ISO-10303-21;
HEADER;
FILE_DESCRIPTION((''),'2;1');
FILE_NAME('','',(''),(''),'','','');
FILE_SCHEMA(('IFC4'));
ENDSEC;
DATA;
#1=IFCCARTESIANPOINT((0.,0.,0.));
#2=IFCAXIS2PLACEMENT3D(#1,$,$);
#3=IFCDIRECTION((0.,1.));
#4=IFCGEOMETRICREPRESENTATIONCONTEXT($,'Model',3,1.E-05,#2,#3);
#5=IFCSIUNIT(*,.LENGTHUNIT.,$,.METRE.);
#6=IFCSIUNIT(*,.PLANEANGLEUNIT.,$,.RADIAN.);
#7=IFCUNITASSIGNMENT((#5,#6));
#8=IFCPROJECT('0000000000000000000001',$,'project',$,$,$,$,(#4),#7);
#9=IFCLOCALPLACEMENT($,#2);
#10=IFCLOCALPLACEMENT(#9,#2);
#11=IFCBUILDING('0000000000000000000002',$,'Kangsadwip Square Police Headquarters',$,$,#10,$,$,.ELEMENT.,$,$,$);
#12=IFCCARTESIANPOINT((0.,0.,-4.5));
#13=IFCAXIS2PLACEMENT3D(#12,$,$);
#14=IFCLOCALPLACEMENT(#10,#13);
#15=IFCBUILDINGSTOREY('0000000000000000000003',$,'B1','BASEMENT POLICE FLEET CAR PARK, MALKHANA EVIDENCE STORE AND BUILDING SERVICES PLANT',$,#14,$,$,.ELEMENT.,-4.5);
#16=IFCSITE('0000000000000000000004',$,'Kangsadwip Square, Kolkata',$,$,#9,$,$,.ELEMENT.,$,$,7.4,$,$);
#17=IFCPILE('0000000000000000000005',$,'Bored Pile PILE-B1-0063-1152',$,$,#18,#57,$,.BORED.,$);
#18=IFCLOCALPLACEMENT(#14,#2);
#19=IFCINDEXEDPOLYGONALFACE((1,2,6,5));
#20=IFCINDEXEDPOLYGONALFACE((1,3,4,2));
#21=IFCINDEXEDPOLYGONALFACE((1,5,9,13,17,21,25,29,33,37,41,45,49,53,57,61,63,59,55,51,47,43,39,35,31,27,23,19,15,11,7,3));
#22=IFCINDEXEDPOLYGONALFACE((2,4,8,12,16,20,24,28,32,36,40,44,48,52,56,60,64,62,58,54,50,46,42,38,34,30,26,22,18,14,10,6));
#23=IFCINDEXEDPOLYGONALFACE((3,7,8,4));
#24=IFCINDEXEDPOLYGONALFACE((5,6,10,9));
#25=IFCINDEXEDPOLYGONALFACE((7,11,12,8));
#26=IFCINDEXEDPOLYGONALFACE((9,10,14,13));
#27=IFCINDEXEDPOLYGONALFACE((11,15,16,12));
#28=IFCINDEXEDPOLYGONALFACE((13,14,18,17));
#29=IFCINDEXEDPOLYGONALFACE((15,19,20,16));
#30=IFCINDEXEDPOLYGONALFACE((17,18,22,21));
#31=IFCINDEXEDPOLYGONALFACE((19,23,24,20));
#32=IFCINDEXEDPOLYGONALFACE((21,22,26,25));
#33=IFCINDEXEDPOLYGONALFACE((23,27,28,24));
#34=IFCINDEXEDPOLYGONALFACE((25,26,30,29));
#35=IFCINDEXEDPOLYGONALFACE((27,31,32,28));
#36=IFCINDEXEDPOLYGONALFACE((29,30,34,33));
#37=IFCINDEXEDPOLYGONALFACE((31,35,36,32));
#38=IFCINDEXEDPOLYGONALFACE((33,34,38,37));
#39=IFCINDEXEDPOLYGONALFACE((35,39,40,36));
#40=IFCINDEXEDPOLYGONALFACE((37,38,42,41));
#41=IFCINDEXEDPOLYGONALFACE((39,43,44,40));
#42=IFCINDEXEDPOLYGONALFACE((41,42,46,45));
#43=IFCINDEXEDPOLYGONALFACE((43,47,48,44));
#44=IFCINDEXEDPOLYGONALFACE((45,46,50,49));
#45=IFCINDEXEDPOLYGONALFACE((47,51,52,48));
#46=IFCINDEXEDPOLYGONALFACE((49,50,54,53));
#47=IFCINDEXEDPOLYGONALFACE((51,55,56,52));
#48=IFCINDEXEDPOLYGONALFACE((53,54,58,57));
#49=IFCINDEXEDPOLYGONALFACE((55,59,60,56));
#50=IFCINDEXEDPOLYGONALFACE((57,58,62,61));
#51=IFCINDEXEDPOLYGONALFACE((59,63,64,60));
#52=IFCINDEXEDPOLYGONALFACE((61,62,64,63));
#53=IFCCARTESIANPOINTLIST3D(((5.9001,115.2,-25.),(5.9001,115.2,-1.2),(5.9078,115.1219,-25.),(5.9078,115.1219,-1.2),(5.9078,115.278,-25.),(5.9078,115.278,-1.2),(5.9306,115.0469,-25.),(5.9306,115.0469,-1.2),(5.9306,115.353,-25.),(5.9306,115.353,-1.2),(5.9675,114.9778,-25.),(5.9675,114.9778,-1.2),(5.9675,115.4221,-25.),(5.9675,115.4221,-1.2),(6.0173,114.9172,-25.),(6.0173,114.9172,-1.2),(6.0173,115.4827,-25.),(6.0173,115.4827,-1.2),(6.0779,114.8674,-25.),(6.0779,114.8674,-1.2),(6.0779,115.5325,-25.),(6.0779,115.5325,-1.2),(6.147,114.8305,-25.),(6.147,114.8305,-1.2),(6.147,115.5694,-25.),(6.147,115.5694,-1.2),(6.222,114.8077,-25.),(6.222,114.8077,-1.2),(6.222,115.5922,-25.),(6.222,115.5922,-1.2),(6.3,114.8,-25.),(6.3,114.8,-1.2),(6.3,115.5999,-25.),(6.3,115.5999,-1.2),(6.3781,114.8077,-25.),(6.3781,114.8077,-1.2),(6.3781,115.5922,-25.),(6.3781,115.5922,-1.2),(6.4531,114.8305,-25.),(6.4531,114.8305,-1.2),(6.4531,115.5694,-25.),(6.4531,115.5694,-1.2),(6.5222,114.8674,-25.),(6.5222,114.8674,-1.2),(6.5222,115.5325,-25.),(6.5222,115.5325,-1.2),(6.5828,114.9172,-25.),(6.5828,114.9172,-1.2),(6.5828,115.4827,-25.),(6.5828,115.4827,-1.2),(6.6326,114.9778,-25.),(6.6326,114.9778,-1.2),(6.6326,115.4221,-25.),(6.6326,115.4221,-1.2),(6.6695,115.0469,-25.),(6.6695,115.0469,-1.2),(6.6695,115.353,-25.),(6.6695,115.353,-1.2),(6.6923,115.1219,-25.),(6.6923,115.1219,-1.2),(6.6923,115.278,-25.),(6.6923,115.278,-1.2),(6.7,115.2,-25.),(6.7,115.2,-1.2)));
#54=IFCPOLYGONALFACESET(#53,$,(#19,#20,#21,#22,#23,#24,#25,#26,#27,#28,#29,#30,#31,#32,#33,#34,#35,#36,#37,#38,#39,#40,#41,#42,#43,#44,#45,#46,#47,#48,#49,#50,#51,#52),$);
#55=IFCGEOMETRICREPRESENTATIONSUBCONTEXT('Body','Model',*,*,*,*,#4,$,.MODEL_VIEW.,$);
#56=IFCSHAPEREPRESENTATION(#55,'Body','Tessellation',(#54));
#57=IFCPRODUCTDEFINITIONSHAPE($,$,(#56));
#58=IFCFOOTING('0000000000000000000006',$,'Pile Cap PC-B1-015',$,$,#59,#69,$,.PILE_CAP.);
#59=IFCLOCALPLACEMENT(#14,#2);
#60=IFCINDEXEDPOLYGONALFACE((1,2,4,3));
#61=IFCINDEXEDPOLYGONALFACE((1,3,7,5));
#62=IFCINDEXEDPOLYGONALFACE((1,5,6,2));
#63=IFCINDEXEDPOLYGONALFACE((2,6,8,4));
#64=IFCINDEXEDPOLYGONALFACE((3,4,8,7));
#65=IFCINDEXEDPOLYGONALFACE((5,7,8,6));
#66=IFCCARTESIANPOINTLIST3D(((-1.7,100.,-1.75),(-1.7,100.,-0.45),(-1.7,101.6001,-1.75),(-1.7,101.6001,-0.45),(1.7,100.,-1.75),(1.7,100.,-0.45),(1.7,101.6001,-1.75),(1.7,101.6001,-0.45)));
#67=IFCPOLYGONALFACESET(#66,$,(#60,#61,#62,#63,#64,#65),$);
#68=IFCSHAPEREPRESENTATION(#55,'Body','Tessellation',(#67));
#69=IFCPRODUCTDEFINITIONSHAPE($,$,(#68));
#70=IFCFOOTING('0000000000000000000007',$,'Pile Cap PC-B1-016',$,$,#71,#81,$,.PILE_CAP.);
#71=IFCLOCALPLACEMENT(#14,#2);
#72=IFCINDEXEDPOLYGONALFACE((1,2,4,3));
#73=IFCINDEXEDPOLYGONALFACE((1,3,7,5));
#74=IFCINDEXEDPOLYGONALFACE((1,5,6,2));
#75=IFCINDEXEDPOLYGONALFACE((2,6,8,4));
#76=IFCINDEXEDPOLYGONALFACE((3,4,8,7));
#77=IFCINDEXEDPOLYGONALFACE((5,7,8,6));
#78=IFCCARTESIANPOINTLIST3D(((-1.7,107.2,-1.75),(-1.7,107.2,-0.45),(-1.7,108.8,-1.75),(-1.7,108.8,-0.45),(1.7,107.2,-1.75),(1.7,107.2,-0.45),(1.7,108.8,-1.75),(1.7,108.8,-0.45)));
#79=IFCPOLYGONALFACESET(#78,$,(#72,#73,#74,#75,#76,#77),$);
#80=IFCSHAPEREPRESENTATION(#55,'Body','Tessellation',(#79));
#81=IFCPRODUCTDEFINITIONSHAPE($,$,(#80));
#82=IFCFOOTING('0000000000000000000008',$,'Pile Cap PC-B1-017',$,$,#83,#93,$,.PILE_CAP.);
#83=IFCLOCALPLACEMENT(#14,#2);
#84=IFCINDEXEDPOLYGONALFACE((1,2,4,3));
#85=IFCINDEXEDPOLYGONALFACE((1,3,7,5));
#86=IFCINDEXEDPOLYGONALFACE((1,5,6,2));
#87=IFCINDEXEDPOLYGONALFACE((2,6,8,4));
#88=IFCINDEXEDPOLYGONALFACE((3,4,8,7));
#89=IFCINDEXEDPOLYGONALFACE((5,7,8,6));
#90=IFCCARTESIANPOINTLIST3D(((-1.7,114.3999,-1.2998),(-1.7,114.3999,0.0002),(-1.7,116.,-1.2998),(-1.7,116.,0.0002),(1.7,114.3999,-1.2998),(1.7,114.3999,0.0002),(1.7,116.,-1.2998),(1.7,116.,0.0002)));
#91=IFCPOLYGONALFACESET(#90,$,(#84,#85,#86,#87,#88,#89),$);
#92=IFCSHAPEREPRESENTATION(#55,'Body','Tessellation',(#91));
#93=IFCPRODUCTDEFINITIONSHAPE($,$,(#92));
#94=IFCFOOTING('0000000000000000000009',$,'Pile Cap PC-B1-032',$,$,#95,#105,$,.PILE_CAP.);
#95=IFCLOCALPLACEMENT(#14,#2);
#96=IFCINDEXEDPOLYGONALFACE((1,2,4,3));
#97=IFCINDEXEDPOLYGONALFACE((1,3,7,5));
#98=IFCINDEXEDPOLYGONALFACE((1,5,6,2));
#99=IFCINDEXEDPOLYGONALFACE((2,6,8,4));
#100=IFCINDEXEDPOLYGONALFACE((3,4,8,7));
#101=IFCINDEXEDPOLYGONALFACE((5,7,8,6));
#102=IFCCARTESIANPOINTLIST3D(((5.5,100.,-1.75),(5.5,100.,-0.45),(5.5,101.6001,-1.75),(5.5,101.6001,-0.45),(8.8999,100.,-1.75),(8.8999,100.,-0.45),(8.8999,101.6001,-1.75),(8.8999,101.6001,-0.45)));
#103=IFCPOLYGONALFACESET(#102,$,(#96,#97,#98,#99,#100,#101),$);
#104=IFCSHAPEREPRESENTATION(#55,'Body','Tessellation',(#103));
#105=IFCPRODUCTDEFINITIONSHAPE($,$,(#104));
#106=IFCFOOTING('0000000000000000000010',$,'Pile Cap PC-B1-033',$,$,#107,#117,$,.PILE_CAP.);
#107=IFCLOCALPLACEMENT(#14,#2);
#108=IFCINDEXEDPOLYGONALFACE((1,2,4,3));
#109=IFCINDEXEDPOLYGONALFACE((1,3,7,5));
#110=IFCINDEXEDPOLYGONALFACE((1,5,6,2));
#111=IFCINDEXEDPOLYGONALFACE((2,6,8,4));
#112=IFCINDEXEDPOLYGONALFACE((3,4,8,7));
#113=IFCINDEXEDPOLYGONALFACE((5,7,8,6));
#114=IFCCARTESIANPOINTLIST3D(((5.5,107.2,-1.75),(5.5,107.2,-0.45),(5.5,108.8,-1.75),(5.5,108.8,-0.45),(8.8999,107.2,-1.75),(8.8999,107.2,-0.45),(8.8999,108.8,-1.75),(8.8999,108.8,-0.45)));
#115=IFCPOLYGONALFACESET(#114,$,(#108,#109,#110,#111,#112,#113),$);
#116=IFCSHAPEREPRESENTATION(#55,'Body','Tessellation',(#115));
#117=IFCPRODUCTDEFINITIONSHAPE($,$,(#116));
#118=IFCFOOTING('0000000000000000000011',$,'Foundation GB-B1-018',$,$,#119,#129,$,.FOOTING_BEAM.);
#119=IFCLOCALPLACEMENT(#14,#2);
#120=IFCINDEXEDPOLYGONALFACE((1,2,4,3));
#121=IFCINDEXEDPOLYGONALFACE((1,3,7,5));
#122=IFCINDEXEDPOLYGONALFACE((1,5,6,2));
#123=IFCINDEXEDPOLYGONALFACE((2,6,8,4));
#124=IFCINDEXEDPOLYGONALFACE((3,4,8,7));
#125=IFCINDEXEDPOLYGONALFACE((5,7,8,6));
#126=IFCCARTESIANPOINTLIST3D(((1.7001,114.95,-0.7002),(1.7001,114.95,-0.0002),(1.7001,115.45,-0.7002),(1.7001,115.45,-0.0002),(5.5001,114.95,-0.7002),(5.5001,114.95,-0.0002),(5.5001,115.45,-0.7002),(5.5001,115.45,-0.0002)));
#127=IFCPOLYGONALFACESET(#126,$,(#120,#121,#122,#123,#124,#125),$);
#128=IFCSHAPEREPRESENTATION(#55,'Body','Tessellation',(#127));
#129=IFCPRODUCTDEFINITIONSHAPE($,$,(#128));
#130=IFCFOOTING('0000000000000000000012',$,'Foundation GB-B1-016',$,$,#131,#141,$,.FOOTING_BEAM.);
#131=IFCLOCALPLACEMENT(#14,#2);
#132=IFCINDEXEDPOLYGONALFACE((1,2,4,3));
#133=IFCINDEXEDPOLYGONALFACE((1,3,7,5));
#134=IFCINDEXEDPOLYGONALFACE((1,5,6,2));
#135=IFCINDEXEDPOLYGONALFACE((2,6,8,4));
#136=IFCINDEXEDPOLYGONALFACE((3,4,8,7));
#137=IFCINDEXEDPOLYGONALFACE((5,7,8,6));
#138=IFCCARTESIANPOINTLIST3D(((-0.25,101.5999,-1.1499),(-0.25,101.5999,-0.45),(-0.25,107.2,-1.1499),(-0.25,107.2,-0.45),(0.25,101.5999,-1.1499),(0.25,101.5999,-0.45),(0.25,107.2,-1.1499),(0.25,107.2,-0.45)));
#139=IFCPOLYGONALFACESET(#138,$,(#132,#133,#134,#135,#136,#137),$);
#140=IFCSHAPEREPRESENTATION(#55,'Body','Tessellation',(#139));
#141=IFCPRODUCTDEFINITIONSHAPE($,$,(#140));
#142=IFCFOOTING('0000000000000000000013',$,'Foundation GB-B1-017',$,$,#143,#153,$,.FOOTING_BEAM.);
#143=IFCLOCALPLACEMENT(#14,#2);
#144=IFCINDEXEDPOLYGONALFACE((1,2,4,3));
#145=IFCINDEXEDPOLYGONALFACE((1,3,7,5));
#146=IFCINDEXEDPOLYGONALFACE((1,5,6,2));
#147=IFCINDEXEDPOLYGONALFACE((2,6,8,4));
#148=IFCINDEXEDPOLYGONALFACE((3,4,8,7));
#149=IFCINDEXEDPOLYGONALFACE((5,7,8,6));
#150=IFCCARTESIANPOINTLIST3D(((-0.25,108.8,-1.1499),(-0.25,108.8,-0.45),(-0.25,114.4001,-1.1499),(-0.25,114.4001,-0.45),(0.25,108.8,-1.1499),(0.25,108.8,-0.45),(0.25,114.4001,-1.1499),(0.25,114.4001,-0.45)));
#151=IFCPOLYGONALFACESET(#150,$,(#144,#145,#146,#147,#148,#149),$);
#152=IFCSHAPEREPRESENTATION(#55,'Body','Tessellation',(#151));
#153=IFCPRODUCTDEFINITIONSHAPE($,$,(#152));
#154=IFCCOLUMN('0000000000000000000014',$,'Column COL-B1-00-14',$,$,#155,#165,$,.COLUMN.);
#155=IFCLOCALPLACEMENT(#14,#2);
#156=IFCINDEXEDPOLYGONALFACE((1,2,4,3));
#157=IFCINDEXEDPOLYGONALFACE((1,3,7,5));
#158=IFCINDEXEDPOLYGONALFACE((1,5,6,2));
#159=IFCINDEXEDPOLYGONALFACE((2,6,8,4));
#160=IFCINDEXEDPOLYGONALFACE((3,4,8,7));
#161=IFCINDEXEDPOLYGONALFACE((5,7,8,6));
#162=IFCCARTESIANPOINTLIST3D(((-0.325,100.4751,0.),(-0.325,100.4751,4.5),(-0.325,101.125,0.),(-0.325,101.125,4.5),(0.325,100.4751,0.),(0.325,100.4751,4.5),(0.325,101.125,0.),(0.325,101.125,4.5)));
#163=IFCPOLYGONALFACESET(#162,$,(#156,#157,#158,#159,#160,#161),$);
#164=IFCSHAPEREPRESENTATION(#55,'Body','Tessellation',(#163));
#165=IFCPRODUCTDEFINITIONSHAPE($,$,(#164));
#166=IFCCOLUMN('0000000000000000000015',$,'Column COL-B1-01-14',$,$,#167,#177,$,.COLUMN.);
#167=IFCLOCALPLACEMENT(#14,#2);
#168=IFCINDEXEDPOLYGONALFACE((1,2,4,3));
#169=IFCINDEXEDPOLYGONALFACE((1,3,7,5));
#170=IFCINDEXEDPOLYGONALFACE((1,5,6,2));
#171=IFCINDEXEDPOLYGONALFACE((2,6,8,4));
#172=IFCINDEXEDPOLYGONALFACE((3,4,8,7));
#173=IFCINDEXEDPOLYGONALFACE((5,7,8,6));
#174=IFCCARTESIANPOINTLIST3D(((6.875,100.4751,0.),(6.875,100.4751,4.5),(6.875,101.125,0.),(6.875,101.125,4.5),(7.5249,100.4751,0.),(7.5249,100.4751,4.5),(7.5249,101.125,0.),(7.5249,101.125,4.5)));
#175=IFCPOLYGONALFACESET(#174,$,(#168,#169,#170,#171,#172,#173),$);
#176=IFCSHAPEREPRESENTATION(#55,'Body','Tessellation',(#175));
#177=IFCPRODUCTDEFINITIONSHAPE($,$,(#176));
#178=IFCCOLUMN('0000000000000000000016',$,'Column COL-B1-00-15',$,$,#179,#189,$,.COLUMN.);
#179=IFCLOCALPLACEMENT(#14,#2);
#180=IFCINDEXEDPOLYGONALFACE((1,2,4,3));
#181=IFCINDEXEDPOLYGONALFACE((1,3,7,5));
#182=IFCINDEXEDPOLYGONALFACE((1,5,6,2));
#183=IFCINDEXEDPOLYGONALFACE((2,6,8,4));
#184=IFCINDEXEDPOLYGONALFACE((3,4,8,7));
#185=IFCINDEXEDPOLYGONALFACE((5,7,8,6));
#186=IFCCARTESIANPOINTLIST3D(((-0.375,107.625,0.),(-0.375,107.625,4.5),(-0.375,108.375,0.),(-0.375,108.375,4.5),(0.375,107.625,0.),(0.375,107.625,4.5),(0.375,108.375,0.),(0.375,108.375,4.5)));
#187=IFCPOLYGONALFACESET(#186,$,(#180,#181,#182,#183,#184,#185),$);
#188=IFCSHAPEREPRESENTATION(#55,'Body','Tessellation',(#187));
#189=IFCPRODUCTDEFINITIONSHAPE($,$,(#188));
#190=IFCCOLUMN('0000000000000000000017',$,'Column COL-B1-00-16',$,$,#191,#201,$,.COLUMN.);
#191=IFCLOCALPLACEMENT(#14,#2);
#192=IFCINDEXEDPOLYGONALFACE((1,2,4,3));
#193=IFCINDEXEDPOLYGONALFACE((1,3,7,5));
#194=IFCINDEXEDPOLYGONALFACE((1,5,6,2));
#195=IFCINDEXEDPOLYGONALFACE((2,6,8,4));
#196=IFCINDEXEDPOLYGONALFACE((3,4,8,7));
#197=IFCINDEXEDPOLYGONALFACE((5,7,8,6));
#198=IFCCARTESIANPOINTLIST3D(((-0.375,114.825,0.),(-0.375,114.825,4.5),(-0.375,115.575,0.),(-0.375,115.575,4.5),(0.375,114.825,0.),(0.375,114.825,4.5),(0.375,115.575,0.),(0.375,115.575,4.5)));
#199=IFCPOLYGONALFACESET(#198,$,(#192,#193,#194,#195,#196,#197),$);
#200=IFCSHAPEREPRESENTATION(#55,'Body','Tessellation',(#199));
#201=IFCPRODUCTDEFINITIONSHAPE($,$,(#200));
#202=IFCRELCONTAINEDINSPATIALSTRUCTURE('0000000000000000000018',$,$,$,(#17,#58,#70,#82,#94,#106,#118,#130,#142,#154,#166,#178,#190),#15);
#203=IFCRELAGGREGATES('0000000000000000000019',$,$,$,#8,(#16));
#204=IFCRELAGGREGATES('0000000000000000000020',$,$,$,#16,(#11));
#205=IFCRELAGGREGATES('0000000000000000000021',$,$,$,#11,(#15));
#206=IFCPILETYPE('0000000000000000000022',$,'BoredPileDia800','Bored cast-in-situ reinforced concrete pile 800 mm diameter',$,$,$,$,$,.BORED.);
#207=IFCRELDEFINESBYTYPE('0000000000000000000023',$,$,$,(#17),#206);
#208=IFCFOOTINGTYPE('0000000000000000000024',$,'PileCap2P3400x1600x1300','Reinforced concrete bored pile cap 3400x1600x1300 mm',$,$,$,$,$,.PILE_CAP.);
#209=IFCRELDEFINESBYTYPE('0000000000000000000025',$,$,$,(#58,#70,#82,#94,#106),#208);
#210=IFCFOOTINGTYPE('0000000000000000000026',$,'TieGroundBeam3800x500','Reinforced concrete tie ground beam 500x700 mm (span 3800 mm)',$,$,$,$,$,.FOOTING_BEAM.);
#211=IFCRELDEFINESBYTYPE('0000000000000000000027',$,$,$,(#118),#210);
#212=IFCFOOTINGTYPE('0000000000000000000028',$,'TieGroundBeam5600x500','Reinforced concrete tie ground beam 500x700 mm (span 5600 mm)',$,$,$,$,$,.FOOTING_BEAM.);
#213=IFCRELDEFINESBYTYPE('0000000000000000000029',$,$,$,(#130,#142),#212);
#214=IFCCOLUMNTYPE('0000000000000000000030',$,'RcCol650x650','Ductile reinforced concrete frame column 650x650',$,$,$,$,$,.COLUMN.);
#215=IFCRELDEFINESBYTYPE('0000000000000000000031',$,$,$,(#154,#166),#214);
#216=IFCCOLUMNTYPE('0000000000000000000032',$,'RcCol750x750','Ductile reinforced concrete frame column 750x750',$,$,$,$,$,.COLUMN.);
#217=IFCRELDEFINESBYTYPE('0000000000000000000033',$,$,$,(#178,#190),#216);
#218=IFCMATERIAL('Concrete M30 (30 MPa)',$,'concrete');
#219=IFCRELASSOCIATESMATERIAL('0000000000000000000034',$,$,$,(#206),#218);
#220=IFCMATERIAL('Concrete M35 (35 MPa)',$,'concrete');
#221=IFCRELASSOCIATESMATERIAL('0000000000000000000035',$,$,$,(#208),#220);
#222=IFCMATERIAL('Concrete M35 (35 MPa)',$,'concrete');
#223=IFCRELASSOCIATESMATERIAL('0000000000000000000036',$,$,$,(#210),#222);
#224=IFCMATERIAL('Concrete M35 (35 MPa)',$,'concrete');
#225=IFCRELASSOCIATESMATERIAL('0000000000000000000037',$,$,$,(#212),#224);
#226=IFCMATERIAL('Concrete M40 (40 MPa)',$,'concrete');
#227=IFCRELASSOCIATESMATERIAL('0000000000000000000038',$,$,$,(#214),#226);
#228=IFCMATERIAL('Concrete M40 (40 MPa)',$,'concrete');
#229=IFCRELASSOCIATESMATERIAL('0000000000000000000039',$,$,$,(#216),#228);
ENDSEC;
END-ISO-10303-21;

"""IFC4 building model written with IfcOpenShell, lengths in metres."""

from ifc_helpers import new_model, si_unit, direction, frame, origin, origin_2d, place, context, subcontext, project, spatial, rectangle, circle, extrude, material, material_profile, profile_set, type_object, element, save


model = new_model("IFC4")

# Units and contexts
model_context = context("Model", 3, precision=1e-05, world=origin(), true_north=direction((0.0, 1.0)))
body_context = subcontext(model_context, "Body", "Model", "MODEL_VIEW")
ifc_project = project(units=[si_unit("LENGTHUNIT", "METRE"), si_unit("PLANEANGLEUNIT", "RADIAN")], contexts=[model_context])

# Site, building, storey
site_placement = place(None, origin())
site = spatial("IfcSite", under=ifc_project, at=site_placement, Name="Kangsadwip Square, Kolkata", CompositionType="ELEMENT", RefElevation=7.4)
building_placement = place(site_placement, origin())
building = spatial("IfcBuilding", under=site, at=building_placement, Name="Kangsadwip Square Police Headquarters", CompositionType="ELEMENT")
storey_placement = place(building_placement, frame((0.0, 0.0, -4.5)))
storey = spatial("IfcBuildingStorey", under=building, at=storey_placement, Name="B1", Description="BASEMENT POLICE FLEET CAR PARK, MALKHANA EVIDENCE STORE AND BUILDING SERVICES PLANT", CompositionType="ELEMENT", Elevation=-4.5)

# Pile
ifc_material_1 = material(Name="Concrete M30 (30 MPa)", Category="concrete")
ifc_material_profile_1 = material_profile(ifc_material_1, circle(Radius=0.3999, at=origin_2d()), Name="PILE DIA 800")
ifc_profile_set_1 = profile_set([ifc_material_profile_1], Name="Concrete M30 (30 MPa)")
pile_type = type_object("IfcPileType", Name="BoredPileDia800", Description="Bored cast-in-situ reinforced concrete pile 800 mm diameter", PredefinedType="BORED", material=ifc_profile_set_1)
pile_placement = place(storey_placement, frame((6.3, 115.2, -1.2), z_axis=(0.0, 0.0, -1.0), x_axis=(1.0, 0.0, 0.0)))
element("IfcPile", 1, at=pile_placement, inside=storey, type_object=pile_type, Name="Bored Pile PILE-B1-0063-1152", PredefinedType="BORED", context=body_context, shape_type="SweptSolid", body=[
    extrude(circle(Radius=0.3999, at=origin_2d()), origin(), (0.0, 0.0, 1.0), 23.8),
])

# Footings
ifc_material_2 = material(Name="Concrete M35 (35 MPa)", Category="concrete")
footing_type_1 = type_object("IfcFootingType", Name="PileCap2P3400x1600x1300", Description="Reinforced concrete bored pile cap 3400x1600x1300 mm", PredefinedType="PILE_CAP", material=ifc_material_2)
for number, where, z_axis, x_axis, name in (
    (2, (0.0, 100.8, -1.75), (0.0, 0.0, 1.0), (1.0, 0.0, 0.0), "Pile Cap PC-B1-015"),
    (3, (0.0, 108.0, -1.75), (0.0, 0.0, 1.0), (1.0, 0.0, 0.0), "Pile Cap PC-B1-016"),
    (4, (0.0, 115.2, -1.2998), (0.0, 0.0, 1.0), (1.0, 0.0, 0.0), "Pile Cap PC-B1-017"),
    (5, (7.2, 100.8, -1.75), (0.0, 0.0, 1.0), (1.0, 0.0, 0.0), "Pile Cap PC-B1-032"),
    (6, (7.2, 108.0, -1.75), (0.0, 0.0, 1.0), (1.0, 0.0, 0.0), "Pile Cap PC-B1-033"),
):
    element("IfcFooting", number, at=place(storey_placement, frame(where, z_axis=z_axis, x_axis=x_axis)), inside=storey, type_object=footing_type_1, Name=name, PredefinedType="PILE_CAP", context=body_context, shape_type="SweptSolid", body=[
        extrude(rectangle(XDim=3.3999, YDim=1.6001, at=origin_2d()), origin(), (0.0, 0.0, 1.0), 1.3),
    ])
ifc_material_3 = material(Name="Concrete M35 (35 MPa)", Category="concrete")
footing_type_2 = type_object("IfcFootingType", Name="TieGroundBeam3800x500", Description="Reinforced concrete tie ground beam 500x700 mm (span 3800 mm)", PredefinedType="FOOTING_BEAM", material=ifc_material_3)
footing_placement = place(storey_placement, frame((3.6001, 115.2, -0.7002), z_axis=(0.0, 0.0, 1.0), x_axis=(1.0, 0.0, 0.0)))
element("IfcFooting", 7, at=footing_placement, inside=storey, type_object=footing_type_2, Name="Foundation GB-B1-018", PredefinedType="FOOTING_BEAM", context=body_context, shape_type="SweptSolid", body=[
    extrude(rectangle(XDim=3.8, YDim=0.5, at=origin_2d()), origin(), (0.0, 0.0, 1.0), 0.7),
])
ifc_material_4 = material(Name="Concrete M35 (35 MPa)", Category="concrete")
footing_type_3 = type_object("IfcFootingType", Name="TieGroundBeam5600x500", Description="Reinforced concrete tie ground beam 500x700 mm (span 5600 mm)", PredefinedType="FOOTING_BEAM", material=ifc_material_4)
for number, where, z_axis, x_axis, name in (
    (8, (0.0, 104.3999, -1.1499), (0.0, 0.0, 1.0), (0.0, 1.0, 0.0), "Foundation GB-B1-016"),
    (9, (0.0, 111.6001, -1.1499), (0.0, 0.0, 1.0), (0.0, 1.0, 0.0), "Foundation GB-B1-017"),
):
    element("IfcFooting", number, at=place(storey_placement, frame(where, z_axis=z_axis, x_axis=x_axis)), inside=storey, type_object=footing_type_3, Name=name, PredefinedType="FOOTING_BEAM", context=body_context, shape_type="SweptSolid", body=[
        extrude(rectangle(XDim=5.6001, YDim=0.5, at=origin_2d()), origin(), (0.0, 0.0, 1.0), 0.7),
    ])

# Columns
ifc_material_5 = material(Name="Concrete M40 (40 MPa)", Category="concrete")
ifc_material_profile_2 = material_profile(ifc_material_5, rectangle(XDim=0.6499, YDim=0.6499, at=origin_2d()), Name="RC COL 650X650")
ifc_profile_set_2 = profile_set([ifc_material_profile_2], Name="Concrete M40 (40 MPa)")
column_type_1 = type_object("IfcColumnType", Name="RcCol650x650", Description="Ductile reinforced concrete frame column 650x650", PredefinedType="COLUMN", material=ifc_profile_set_2)
for number, where, z_axis, x_axis, name in (
    (10, (0.0, 100.8, 0.0), (0.0, 0.0, 1.0), (1.0, 0.0, 0.0), "Column COL-B1-00-14"),
    (11, (7.2, 100.8, 0.0), (0.0, 0.0, 1.0), (1.0, 0.0, 0.0), "Column COL-B1-01-14"),
):
    element("IfcColumn", number, at=place(storey_placement, frame(where, z_axis=z_axis, x_axis=x_axis)), inside=storey, type_object=column_type_1, Name=name, PredefinedType="COLUMN", context=body_context, shape_type="SweptSolid", body=[
        extrude(rectangle(XDim=0.6499, YDim=0.6499, at=origin_2d()), origin(), (0.0, 0.0, 1.0), 4.5),
    ])
ifc_material_6 = material(Name="Concrete M40 (40 MPa)", Category="concrete")
ifc_material_profile_3 = material_profile(ifc_material_6, rectangle(XDim=0.75, YDim=0.75, at=origin_2d()), Name="RC COL 750X750")
ifc_profile_set_3 = profile_set([ifc_material_profile_3], Name="Concrete M40 (40 MPa)")
column_type_2 = type_object("IfcColumnType", Name="RcCol750x750", Description="Ductile reinforced concrete frame column 750x750", PredefinedType="COLUMN", material=ifc_profile_set_3)
for number, where, z_axis, x_axis, name in (
    (12, (0.0, 108.0, 0.0), (0.0, 0.0, 1.0), (1.0, 0.0, 0.0), "Column COL-B1-00-15"),
    (13, (0.0, 115.2, 0.0), (0.0, 0.0, 1.0), (1.0, 0.0, 0.0), "Column COL-B1-00-16"),
):
    element("IfcColumn", number, at=place(storey_placement, frame(where, z_axis=z_axis, x_axis=x_axis)), inside=storey, type_object=column_type_2, Name=name, PredefinedType="COLUMN", context=body_context, shape_type="SweptSolid", body=[
        extrude(rectangle(XDim=0.75, YDim=0.75, at=origin_2d()), origin(), (0.0, 0.0, 1.0), 4.5),
    ])

save(model, "model.ifc")
